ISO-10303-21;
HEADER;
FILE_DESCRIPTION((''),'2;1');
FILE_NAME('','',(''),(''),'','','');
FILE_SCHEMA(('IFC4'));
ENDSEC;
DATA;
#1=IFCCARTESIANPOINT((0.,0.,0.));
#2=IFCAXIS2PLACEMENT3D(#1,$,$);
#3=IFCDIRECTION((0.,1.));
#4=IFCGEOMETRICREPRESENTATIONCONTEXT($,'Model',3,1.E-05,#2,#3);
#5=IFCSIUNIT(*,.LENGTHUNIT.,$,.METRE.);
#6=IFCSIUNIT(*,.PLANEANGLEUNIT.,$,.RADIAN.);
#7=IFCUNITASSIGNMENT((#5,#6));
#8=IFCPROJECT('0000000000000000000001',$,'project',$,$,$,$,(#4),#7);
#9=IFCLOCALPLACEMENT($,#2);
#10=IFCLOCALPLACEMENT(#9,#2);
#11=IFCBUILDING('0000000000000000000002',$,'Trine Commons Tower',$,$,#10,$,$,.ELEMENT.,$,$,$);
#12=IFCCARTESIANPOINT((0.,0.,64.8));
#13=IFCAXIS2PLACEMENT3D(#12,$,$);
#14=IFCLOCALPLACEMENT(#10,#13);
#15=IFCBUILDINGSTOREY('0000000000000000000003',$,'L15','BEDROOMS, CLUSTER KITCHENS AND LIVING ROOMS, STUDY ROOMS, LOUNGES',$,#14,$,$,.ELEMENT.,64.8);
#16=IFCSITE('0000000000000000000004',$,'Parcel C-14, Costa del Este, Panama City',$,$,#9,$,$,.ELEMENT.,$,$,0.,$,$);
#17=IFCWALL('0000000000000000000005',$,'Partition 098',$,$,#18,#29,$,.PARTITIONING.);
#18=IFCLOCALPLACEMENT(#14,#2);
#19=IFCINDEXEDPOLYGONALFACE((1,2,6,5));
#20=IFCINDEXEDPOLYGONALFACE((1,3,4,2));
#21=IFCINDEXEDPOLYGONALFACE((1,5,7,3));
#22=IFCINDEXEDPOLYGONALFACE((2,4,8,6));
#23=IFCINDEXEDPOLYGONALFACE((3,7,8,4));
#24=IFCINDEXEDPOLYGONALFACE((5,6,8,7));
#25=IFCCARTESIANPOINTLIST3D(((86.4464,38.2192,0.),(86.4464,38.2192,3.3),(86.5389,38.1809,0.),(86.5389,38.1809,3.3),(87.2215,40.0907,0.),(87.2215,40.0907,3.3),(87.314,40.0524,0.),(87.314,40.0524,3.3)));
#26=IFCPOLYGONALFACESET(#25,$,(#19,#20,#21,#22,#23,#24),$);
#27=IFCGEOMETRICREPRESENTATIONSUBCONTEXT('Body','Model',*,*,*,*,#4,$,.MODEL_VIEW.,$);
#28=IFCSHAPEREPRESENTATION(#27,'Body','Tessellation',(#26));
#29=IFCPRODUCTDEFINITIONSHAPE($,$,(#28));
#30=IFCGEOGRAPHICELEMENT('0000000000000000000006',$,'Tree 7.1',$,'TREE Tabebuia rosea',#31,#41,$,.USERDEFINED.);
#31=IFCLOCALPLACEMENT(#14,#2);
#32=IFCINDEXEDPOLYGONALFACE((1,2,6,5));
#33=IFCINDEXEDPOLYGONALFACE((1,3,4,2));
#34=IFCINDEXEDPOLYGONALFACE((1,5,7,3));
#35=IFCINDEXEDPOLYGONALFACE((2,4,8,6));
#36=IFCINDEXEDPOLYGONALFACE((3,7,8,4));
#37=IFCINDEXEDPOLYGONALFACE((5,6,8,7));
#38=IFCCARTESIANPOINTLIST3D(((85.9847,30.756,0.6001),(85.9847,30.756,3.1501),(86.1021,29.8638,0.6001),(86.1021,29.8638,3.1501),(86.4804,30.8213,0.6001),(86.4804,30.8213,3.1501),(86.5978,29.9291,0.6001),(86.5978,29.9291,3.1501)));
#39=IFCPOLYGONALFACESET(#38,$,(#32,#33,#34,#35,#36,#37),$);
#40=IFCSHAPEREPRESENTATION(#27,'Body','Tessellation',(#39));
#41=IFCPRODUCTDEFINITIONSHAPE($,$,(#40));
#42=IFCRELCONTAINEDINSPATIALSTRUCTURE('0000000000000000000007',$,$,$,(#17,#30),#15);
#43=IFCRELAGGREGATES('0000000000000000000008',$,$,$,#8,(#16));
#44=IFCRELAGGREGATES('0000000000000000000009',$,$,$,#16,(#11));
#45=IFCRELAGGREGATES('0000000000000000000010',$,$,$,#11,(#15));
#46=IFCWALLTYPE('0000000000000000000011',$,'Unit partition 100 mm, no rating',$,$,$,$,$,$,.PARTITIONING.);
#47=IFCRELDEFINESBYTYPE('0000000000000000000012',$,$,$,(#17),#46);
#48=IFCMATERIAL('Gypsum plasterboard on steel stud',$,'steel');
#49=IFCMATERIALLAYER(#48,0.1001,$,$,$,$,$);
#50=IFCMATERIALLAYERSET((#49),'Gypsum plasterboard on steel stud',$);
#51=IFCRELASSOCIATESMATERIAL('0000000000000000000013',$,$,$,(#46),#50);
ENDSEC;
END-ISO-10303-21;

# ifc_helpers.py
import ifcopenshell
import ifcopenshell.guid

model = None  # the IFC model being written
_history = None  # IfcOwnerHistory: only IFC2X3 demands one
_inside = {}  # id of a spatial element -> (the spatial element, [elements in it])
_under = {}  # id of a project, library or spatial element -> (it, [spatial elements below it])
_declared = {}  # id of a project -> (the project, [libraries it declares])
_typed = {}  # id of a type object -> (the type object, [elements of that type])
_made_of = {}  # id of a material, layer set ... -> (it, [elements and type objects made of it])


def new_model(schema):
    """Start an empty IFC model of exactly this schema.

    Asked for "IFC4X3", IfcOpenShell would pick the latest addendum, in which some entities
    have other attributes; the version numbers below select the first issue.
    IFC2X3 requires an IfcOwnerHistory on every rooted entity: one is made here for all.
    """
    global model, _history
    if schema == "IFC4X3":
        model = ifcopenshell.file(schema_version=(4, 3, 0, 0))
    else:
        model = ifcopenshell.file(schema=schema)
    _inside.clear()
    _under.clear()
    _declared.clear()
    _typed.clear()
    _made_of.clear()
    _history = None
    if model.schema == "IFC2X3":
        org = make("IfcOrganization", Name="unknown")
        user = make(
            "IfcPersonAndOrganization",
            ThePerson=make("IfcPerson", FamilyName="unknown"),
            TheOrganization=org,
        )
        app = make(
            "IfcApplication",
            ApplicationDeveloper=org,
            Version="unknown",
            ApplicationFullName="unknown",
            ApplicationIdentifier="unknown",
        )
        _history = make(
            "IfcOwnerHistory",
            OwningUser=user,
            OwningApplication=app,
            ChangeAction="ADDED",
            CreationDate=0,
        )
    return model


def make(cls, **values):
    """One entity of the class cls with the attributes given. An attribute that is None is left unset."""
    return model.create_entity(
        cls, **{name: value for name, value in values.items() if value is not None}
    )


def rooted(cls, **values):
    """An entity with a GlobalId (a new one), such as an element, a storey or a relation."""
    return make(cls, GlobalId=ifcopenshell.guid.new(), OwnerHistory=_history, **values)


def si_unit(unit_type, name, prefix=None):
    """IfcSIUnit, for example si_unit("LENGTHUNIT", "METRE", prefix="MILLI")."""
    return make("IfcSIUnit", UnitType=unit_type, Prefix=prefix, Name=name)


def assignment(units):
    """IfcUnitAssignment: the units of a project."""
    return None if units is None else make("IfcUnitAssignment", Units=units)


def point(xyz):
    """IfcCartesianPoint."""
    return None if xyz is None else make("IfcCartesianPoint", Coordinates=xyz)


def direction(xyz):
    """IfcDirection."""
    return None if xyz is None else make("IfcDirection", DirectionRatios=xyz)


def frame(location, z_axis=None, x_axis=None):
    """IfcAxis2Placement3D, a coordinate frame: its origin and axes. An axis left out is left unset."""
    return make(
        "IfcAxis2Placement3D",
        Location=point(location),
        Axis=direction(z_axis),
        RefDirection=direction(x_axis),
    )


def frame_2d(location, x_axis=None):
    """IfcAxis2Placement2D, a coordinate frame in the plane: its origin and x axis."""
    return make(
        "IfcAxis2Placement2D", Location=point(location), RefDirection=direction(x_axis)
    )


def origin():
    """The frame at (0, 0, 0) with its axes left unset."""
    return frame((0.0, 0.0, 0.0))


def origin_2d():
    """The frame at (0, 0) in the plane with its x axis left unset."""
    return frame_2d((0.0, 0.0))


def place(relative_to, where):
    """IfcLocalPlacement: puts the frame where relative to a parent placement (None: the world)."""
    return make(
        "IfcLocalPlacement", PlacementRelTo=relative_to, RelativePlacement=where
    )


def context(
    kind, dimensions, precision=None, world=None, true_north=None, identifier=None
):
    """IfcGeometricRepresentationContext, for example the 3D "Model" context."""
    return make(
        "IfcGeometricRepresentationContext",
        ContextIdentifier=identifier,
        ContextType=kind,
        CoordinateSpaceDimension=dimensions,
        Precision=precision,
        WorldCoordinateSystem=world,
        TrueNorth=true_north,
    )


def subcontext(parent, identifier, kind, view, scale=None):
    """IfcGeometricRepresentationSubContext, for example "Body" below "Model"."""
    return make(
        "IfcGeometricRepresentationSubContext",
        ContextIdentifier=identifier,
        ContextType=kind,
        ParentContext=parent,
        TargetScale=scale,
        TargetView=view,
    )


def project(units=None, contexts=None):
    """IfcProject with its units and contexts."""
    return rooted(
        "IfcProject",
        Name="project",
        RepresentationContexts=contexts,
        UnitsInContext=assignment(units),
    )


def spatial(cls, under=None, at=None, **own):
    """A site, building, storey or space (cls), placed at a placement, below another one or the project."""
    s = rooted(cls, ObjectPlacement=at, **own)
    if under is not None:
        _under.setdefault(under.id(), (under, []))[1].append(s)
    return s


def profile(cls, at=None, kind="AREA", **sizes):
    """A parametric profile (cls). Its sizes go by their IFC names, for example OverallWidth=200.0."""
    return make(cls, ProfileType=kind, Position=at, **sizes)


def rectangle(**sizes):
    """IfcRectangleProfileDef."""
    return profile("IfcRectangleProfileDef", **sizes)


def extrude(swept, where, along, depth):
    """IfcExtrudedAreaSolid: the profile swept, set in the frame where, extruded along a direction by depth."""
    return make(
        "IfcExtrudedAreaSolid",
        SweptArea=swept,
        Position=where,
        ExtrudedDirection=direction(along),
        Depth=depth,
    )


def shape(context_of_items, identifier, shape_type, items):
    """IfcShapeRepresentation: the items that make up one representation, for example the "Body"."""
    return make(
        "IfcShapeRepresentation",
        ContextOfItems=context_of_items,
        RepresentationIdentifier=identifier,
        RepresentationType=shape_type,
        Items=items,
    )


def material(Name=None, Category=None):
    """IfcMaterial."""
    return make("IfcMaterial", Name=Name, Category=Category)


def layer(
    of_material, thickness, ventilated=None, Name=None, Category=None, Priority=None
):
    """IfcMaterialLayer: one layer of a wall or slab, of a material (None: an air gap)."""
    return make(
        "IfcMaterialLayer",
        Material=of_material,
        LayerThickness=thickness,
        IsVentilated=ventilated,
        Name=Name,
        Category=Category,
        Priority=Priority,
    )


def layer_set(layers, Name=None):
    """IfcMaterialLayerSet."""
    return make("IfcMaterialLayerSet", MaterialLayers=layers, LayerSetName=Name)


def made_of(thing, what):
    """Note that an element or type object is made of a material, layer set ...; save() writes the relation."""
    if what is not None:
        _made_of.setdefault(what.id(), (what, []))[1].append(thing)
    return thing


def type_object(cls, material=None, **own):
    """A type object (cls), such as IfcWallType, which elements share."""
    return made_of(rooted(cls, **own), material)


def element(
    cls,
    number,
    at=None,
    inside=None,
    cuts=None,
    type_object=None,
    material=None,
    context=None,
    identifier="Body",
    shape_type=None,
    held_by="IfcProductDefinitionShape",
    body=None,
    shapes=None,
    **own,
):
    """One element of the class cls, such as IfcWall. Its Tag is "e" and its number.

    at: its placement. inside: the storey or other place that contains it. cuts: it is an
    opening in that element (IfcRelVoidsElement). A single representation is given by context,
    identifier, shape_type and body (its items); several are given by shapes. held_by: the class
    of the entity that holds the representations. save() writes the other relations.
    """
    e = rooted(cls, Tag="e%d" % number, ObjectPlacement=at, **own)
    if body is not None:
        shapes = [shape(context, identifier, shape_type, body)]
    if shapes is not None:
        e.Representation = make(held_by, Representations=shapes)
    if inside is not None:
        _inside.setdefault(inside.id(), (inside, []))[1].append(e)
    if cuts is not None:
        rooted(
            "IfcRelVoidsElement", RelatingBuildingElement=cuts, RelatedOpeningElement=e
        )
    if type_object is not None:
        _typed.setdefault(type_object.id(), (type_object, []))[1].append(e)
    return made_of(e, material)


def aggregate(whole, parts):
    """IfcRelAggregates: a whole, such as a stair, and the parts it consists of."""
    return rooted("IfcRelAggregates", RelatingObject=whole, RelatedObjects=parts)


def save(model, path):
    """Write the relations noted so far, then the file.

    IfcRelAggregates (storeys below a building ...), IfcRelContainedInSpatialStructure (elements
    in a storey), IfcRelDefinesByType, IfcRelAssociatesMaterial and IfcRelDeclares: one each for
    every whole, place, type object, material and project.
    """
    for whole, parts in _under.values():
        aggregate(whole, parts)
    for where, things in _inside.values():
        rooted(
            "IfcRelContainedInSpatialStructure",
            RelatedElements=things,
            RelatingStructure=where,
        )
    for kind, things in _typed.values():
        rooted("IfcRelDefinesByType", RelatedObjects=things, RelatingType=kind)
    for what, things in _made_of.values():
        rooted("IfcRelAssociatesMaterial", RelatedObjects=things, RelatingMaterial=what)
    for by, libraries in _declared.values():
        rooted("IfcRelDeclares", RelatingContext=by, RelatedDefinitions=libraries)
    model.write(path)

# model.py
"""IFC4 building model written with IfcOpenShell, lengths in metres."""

from ifc_helpers import new_model, si_unit, direction, frame, frame_2d, origin, origin_2d, place, context, subcontext, project, spatial, rectangle, extrude, material, layer, layer_set, type_object, element, save


model = new_model("IFC4")

# Units and contexts
model_context = context("Model", 3, precision=1e-05, world=origin(), true_north=direction((0.0, 1.0)))
body_context = subcontext(model_context, "Body", "Model", "MODEL_VIEW")
ifc_project = project(units=[si_unit("LENGTHUNIT", "METRE"), si_unit("PLANEANGLEUNIT", "RADIAN")], contexts=[model_context])

# Site, building, storey
site_placement = place(None, origin())
site = spatial("IfcSite", under=ifc_project, at=site_placement, Name="Parcel C-14, Costa del Este, Panama City", CompositionType="ELEMENT", RefElevation=0.0)
building_placement = place(site_placement, origin())
building = spatial("IfcBuilding", under=site, at=building_placement, Name="Trine Commons Tower", CompositionType="ELEMENT")
storey_placement = place(building_placement, frame((0.0, 0.0, 64.8)))
storey = spatial("IfcBuildingStorey", under=building, at=storey_placement, Name="L15", Description="BEDROOMS, CLUSTER KITCHENS AND LIVING ROOMS, STUDY ROOMS, LOUNGES", CompositionType="ELEMENT", Elevation=64.8)

# Shared definitions
ifc_material_1 = material(Name="Gypsum plasterboard on steel stud", Category="steel")

# Wall
ifc_layer_1 = layer(ifc_material_1, 0.1001)
ifc_layer_set_1 = layer_set([ifc_layer_1], Name="Gypsum plasterboard on steel stud")
wall_type_1 = type_object("IfcWallType", Name="Unit partition 100 mm, no rating", PredefinedType="PARTITIONING", material=ifc_layer_set_1)
wall_1_placement = place(storey_placement, frame((86.4927, 38.2002, 0.0), z_axis=(0.0, 0.0, 1.0), x_axis=(0.382646, 0.923895, 0.0)))
element("IfcWall", 1, at=wall_1_placement, inside=storey, type_object=wall_type_1, Name="Partition 098", PredefinedType="PARTITIONING", context=body_context, shape_type="SweptSolid", body=[
    extrude(rectangle(XDim=2.0256, YDim=0.1001, at=frame_2d((1.0127, 0.0))), origin(), (0.0, 0.0, 1.0), 3.3),
])

# Geographic element
geographic_element_placement = place(storey_placement, frame((86.2913, 30.3425, 0.6001), z_axis=(0.0, 0.0, 1.0), x_axis=(-0.130518, 0.991446, 0.0)))
element("IfcGeographicElement", 2, at=geographic_element_placement, inside=storey, Name="Tree 7.1", ObjectType="TREE Tabebuia rosea", PredefinedType="USERDEFINED", context=body_context, shape_type="SweptSolid", body=[
    extrude(rectangle(XDim=0.8999, YDim=0.5, at=origin_2d()), origin(), (0.0, 0.0, 1.0), 2.55),
])

save(model, "model.ifc")
